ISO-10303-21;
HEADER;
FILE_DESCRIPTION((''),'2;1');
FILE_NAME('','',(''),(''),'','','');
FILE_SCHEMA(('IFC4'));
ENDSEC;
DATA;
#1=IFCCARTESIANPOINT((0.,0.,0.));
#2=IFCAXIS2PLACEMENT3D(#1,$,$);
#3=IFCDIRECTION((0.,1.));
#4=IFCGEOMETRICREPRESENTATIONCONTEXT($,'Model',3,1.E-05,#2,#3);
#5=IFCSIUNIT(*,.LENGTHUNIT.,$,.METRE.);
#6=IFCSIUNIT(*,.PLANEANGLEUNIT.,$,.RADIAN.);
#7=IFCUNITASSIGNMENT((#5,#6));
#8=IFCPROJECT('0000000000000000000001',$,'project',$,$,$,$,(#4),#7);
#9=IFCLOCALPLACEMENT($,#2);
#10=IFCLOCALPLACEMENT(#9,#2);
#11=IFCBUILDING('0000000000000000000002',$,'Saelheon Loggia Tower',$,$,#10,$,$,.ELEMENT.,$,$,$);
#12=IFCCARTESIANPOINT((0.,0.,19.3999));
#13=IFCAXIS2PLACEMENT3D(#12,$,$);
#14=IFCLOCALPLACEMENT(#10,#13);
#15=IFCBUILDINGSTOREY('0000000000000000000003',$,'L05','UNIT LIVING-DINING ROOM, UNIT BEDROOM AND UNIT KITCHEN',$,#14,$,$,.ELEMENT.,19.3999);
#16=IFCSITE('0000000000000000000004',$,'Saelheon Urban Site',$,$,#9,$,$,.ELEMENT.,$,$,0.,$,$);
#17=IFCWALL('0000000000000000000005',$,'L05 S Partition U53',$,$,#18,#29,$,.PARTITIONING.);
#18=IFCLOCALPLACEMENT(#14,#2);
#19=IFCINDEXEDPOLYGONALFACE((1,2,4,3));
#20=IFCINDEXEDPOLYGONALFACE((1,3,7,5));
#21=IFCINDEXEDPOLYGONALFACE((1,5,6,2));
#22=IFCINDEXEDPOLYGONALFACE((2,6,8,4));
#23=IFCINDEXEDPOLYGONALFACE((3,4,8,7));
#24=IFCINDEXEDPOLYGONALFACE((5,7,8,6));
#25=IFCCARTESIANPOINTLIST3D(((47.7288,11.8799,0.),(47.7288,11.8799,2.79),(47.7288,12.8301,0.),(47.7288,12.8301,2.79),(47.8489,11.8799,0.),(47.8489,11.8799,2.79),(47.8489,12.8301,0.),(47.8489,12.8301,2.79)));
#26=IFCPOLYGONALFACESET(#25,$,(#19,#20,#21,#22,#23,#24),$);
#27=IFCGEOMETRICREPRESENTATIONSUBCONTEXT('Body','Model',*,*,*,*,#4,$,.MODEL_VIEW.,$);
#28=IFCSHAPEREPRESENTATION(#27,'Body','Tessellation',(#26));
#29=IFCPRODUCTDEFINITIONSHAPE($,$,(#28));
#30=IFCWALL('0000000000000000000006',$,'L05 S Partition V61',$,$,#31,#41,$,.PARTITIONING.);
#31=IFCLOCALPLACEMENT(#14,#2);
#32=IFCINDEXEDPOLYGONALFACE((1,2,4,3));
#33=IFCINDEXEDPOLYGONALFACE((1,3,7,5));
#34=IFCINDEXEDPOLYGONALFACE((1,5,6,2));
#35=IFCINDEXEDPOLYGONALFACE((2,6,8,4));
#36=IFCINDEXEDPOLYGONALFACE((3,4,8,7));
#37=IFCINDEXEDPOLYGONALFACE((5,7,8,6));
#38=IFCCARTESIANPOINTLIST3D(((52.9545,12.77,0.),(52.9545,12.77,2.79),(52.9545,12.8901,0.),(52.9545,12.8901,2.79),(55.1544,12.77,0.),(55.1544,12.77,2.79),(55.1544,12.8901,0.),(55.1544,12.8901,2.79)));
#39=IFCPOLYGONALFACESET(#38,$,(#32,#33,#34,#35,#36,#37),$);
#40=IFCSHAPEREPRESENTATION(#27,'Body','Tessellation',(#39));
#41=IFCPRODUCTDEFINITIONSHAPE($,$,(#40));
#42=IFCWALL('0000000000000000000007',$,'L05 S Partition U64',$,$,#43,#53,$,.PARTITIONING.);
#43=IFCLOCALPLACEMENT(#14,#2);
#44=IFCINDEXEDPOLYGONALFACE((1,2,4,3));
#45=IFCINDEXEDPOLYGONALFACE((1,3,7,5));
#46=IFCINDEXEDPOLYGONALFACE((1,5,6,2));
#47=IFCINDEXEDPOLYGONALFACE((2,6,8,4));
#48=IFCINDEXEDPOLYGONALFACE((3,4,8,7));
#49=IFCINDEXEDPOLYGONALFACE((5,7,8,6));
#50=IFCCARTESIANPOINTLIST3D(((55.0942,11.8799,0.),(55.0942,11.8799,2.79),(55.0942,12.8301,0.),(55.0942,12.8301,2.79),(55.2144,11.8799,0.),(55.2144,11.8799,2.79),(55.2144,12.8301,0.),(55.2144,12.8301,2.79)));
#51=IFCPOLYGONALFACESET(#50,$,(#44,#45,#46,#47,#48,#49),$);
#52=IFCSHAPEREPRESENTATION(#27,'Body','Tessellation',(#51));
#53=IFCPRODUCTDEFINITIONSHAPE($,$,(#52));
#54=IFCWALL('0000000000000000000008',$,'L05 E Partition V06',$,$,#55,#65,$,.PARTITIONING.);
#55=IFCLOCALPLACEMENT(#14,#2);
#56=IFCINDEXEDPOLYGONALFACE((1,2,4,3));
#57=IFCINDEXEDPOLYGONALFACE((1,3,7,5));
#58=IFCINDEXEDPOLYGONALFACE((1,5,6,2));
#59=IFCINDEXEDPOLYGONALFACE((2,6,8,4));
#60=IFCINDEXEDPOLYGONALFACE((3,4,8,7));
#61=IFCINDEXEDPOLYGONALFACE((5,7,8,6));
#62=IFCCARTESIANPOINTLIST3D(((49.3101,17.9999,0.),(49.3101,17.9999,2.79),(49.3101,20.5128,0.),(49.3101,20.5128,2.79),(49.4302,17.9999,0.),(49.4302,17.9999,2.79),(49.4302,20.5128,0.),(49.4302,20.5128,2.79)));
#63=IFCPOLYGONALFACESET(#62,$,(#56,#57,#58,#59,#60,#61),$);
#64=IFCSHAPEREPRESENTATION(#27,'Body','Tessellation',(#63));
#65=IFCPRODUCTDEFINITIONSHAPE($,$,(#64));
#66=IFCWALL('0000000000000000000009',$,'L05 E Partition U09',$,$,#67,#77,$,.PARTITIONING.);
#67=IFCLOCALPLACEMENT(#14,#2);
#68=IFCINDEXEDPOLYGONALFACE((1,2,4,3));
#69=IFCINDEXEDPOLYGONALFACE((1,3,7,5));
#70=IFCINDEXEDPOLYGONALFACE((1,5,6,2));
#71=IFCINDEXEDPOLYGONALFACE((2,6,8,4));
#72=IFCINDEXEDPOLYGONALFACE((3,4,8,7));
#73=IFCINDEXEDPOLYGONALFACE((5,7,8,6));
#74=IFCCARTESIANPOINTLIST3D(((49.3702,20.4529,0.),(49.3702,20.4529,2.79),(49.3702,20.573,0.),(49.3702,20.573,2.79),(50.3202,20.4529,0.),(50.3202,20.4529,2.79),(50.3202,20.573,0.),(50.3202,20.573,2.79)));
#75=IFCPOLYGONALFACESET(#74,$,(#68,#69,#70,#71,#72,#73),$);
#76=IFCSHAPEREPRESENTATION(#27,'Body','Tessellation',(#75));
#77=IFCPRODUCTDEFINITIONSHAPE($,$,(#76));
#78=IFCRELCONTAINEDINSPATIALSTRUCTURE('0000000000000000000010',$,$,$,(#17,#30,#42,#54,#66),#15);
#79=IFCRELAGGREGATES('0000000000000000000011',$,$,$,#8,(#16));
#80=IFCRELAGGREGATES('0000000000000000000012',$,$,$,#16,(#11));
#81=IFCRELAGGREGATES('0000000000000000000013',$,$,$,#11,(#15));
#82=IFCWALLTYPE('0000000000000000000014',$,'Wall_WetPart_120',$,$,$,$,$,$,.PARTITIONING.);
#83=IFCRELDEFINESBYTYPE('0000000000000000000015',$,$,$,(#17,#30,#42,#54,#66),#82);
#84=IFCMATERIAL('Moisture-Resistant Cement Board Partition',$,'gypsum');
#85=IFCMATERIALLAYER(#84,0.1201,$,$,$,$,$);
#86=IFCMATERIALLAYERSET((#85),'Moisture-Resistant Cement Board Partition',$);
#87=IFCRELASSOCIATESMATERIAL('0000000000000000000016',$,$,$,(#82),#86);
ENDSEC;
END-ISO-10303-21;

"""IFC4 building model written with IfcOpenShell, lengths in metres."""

from ifc_helpers import new_model, si_unit, direction, frame, frame_2d, origin, place, context, subcontext, project, spatial, rectangle, extrude, material, layer, layer_set, type_object, element, save


model = new_model("IFC4")

# Units and contexts
model_context = context("Model", 3, precision=1e-05, world=origin(), true_north=direction((0.0, 1.0)))
body_context = subcontext(model_context, "Body", "Model", "MODEL_VIEW")
ifc_project = project(units=[si_unit("LENGTHUNIT", "METRE"), si_unit("PLANEANGLEUNIT", "RADIAN")], contexts=[model_context])

# Site, building, storey
site_placement = place(None, origin())
site = spatial("IfcSite", under=ifc_project, at=site_placement, Name="Saelheon Urban Site", CompositionType="ELEMENT", RefElevation=0.0)
building_placement = place(site_placement, origin())
building = spatial("IfcBuilding", under=site, at=building_placement, Name="Saelheon Loggia Tower", CompositionType="ELEMENT")
storey_placement = place(building_placement, frame((0.0, 0.0, 19.3999)))
storey = spatial("IfcBuildingStorey", under=building, at=storey_placement, Name="L05", Description="UNIT LIVING-DINING ROOM, UNIT BEDROOM AND UNIT KITCHEN", CompositionType="ELEMENT", Elevation=19.3999)

# Shared definitions
ifc_material_1 = material(Name="Moisture-Resistant Cement Board Partition", Category="gypsum")
ifc_layer_1 = layer(ifc_material_1, 0.1201)
ifc_layer_set_1 = layer_set([ifc_layer_1], Name="Moisture-Resistant Cement Board Partition")
wall_type_1 = type_object("IfcWallType", Name="Wall_WetPart_120", PredefinedType="PARTITIONING", material=ifc_layer_set_1)

# Walls
wall_1_placement = place(storey_placement, frame((47.7888, 12.8301, 0.0), z_axis=(0.0, 0.0, 1.0), x_axis=(0.0, -1.0, 0.0)))
element("IfcWall", 1, at=wall_1_placement, inside=storey, type_object=wall_type_1, Name="L05 S Partition U53", PredefinedType="PARTITIONING", context=body_context, shape_type="SweptSolid", body=[
    extrude(rectangle(XDim=0.9502, YDim=0.1201, at=frame_2d((0.4751, 0.0))), origin(), (0.0, 0.0, 1.0), 2.79),
])
wall_2_placement = place(storey_placement, frame((52.9543, 12.8301, 0.0), z_axis=(0.0, 0.0, 1.0), x_axis=(1.0, 0.0, 0.0)))
element("IfcWall", 2, at=wall_2_placement, inside=storey, type_object=wall_type_1, Name="L05 S Partition V61", PredefinedType="PARTITIONING", context=body_context, shape_type="SweptSolid", body=[
    extrude(rectangle(XDim=2.2, YDim=0.1201, at=frame_2d((1.1001, 0.0))), origin(), (0.0, 0.0, 1.0), 2.79),
])
wall_3_placement = place(storey_placement, frame((55.1543, 12.8301, 0.0), z_axis=(0.0, 0.0, 1.0), x_axis=(0.0, -1.0, 0.0)))
element("IfcWall", 3, at=wall_3_placement, inside=storey, type_object=wall_type_1, Name="L05 S Partition U64", PredefinedType="PARTITIONING", context=body_context, shape_type="SweptSolid", body=[
    extrude(rectangle(XDim=0.9502, YDim=0.1201, at=frame_2d((0.4751, 0.0))), origin(), (0.0, 0.0, 1.0), 2.79),
])
wall_4_placement = place(storey_placement, frame((49.3701, 18.0, 0.0), z_axis=(0.0, 0.0, 1.0), x_axis=(0.0, 1.0, 0.0)))
element("IfcWall", 4, at=wall_4_placement, inside=storey, type_object=wall_type_1, Name="L05 E Partition V06", PredefinedType="PARTITIONING", context=body_context, shape_type="SweptSolid", body=[
    extrude(rectangle(XDim=2.5129, YDim=0.1201, at=frame_2d((1.2563, 0.0))), origin(), (0.0, 0.0, 1.0), 2.79),
])
wall_5_placement = place(storey_placement, frame((49.3701, 20.5129, 0.0), z_axis=(0.0, 0.0, 1.0), x_axis=(1.0, 0.0, 0.0)))
element("IfcWall", 5, at=wall_5_placement, inside=storey, type_object=wall_type_1, Name="L05 E Partition U09", PredefinedType="PARTITIONING", context=body_context, shape_type="SweptSolid", body=[
    extrude(rectangle(XDim=0.95, YDim=0.1201, at=frame_2d((0.4751, 0.0))), origin(), (0.0, 0.0, 1.0), 2.79),
])

save(model, "model.ifc")
